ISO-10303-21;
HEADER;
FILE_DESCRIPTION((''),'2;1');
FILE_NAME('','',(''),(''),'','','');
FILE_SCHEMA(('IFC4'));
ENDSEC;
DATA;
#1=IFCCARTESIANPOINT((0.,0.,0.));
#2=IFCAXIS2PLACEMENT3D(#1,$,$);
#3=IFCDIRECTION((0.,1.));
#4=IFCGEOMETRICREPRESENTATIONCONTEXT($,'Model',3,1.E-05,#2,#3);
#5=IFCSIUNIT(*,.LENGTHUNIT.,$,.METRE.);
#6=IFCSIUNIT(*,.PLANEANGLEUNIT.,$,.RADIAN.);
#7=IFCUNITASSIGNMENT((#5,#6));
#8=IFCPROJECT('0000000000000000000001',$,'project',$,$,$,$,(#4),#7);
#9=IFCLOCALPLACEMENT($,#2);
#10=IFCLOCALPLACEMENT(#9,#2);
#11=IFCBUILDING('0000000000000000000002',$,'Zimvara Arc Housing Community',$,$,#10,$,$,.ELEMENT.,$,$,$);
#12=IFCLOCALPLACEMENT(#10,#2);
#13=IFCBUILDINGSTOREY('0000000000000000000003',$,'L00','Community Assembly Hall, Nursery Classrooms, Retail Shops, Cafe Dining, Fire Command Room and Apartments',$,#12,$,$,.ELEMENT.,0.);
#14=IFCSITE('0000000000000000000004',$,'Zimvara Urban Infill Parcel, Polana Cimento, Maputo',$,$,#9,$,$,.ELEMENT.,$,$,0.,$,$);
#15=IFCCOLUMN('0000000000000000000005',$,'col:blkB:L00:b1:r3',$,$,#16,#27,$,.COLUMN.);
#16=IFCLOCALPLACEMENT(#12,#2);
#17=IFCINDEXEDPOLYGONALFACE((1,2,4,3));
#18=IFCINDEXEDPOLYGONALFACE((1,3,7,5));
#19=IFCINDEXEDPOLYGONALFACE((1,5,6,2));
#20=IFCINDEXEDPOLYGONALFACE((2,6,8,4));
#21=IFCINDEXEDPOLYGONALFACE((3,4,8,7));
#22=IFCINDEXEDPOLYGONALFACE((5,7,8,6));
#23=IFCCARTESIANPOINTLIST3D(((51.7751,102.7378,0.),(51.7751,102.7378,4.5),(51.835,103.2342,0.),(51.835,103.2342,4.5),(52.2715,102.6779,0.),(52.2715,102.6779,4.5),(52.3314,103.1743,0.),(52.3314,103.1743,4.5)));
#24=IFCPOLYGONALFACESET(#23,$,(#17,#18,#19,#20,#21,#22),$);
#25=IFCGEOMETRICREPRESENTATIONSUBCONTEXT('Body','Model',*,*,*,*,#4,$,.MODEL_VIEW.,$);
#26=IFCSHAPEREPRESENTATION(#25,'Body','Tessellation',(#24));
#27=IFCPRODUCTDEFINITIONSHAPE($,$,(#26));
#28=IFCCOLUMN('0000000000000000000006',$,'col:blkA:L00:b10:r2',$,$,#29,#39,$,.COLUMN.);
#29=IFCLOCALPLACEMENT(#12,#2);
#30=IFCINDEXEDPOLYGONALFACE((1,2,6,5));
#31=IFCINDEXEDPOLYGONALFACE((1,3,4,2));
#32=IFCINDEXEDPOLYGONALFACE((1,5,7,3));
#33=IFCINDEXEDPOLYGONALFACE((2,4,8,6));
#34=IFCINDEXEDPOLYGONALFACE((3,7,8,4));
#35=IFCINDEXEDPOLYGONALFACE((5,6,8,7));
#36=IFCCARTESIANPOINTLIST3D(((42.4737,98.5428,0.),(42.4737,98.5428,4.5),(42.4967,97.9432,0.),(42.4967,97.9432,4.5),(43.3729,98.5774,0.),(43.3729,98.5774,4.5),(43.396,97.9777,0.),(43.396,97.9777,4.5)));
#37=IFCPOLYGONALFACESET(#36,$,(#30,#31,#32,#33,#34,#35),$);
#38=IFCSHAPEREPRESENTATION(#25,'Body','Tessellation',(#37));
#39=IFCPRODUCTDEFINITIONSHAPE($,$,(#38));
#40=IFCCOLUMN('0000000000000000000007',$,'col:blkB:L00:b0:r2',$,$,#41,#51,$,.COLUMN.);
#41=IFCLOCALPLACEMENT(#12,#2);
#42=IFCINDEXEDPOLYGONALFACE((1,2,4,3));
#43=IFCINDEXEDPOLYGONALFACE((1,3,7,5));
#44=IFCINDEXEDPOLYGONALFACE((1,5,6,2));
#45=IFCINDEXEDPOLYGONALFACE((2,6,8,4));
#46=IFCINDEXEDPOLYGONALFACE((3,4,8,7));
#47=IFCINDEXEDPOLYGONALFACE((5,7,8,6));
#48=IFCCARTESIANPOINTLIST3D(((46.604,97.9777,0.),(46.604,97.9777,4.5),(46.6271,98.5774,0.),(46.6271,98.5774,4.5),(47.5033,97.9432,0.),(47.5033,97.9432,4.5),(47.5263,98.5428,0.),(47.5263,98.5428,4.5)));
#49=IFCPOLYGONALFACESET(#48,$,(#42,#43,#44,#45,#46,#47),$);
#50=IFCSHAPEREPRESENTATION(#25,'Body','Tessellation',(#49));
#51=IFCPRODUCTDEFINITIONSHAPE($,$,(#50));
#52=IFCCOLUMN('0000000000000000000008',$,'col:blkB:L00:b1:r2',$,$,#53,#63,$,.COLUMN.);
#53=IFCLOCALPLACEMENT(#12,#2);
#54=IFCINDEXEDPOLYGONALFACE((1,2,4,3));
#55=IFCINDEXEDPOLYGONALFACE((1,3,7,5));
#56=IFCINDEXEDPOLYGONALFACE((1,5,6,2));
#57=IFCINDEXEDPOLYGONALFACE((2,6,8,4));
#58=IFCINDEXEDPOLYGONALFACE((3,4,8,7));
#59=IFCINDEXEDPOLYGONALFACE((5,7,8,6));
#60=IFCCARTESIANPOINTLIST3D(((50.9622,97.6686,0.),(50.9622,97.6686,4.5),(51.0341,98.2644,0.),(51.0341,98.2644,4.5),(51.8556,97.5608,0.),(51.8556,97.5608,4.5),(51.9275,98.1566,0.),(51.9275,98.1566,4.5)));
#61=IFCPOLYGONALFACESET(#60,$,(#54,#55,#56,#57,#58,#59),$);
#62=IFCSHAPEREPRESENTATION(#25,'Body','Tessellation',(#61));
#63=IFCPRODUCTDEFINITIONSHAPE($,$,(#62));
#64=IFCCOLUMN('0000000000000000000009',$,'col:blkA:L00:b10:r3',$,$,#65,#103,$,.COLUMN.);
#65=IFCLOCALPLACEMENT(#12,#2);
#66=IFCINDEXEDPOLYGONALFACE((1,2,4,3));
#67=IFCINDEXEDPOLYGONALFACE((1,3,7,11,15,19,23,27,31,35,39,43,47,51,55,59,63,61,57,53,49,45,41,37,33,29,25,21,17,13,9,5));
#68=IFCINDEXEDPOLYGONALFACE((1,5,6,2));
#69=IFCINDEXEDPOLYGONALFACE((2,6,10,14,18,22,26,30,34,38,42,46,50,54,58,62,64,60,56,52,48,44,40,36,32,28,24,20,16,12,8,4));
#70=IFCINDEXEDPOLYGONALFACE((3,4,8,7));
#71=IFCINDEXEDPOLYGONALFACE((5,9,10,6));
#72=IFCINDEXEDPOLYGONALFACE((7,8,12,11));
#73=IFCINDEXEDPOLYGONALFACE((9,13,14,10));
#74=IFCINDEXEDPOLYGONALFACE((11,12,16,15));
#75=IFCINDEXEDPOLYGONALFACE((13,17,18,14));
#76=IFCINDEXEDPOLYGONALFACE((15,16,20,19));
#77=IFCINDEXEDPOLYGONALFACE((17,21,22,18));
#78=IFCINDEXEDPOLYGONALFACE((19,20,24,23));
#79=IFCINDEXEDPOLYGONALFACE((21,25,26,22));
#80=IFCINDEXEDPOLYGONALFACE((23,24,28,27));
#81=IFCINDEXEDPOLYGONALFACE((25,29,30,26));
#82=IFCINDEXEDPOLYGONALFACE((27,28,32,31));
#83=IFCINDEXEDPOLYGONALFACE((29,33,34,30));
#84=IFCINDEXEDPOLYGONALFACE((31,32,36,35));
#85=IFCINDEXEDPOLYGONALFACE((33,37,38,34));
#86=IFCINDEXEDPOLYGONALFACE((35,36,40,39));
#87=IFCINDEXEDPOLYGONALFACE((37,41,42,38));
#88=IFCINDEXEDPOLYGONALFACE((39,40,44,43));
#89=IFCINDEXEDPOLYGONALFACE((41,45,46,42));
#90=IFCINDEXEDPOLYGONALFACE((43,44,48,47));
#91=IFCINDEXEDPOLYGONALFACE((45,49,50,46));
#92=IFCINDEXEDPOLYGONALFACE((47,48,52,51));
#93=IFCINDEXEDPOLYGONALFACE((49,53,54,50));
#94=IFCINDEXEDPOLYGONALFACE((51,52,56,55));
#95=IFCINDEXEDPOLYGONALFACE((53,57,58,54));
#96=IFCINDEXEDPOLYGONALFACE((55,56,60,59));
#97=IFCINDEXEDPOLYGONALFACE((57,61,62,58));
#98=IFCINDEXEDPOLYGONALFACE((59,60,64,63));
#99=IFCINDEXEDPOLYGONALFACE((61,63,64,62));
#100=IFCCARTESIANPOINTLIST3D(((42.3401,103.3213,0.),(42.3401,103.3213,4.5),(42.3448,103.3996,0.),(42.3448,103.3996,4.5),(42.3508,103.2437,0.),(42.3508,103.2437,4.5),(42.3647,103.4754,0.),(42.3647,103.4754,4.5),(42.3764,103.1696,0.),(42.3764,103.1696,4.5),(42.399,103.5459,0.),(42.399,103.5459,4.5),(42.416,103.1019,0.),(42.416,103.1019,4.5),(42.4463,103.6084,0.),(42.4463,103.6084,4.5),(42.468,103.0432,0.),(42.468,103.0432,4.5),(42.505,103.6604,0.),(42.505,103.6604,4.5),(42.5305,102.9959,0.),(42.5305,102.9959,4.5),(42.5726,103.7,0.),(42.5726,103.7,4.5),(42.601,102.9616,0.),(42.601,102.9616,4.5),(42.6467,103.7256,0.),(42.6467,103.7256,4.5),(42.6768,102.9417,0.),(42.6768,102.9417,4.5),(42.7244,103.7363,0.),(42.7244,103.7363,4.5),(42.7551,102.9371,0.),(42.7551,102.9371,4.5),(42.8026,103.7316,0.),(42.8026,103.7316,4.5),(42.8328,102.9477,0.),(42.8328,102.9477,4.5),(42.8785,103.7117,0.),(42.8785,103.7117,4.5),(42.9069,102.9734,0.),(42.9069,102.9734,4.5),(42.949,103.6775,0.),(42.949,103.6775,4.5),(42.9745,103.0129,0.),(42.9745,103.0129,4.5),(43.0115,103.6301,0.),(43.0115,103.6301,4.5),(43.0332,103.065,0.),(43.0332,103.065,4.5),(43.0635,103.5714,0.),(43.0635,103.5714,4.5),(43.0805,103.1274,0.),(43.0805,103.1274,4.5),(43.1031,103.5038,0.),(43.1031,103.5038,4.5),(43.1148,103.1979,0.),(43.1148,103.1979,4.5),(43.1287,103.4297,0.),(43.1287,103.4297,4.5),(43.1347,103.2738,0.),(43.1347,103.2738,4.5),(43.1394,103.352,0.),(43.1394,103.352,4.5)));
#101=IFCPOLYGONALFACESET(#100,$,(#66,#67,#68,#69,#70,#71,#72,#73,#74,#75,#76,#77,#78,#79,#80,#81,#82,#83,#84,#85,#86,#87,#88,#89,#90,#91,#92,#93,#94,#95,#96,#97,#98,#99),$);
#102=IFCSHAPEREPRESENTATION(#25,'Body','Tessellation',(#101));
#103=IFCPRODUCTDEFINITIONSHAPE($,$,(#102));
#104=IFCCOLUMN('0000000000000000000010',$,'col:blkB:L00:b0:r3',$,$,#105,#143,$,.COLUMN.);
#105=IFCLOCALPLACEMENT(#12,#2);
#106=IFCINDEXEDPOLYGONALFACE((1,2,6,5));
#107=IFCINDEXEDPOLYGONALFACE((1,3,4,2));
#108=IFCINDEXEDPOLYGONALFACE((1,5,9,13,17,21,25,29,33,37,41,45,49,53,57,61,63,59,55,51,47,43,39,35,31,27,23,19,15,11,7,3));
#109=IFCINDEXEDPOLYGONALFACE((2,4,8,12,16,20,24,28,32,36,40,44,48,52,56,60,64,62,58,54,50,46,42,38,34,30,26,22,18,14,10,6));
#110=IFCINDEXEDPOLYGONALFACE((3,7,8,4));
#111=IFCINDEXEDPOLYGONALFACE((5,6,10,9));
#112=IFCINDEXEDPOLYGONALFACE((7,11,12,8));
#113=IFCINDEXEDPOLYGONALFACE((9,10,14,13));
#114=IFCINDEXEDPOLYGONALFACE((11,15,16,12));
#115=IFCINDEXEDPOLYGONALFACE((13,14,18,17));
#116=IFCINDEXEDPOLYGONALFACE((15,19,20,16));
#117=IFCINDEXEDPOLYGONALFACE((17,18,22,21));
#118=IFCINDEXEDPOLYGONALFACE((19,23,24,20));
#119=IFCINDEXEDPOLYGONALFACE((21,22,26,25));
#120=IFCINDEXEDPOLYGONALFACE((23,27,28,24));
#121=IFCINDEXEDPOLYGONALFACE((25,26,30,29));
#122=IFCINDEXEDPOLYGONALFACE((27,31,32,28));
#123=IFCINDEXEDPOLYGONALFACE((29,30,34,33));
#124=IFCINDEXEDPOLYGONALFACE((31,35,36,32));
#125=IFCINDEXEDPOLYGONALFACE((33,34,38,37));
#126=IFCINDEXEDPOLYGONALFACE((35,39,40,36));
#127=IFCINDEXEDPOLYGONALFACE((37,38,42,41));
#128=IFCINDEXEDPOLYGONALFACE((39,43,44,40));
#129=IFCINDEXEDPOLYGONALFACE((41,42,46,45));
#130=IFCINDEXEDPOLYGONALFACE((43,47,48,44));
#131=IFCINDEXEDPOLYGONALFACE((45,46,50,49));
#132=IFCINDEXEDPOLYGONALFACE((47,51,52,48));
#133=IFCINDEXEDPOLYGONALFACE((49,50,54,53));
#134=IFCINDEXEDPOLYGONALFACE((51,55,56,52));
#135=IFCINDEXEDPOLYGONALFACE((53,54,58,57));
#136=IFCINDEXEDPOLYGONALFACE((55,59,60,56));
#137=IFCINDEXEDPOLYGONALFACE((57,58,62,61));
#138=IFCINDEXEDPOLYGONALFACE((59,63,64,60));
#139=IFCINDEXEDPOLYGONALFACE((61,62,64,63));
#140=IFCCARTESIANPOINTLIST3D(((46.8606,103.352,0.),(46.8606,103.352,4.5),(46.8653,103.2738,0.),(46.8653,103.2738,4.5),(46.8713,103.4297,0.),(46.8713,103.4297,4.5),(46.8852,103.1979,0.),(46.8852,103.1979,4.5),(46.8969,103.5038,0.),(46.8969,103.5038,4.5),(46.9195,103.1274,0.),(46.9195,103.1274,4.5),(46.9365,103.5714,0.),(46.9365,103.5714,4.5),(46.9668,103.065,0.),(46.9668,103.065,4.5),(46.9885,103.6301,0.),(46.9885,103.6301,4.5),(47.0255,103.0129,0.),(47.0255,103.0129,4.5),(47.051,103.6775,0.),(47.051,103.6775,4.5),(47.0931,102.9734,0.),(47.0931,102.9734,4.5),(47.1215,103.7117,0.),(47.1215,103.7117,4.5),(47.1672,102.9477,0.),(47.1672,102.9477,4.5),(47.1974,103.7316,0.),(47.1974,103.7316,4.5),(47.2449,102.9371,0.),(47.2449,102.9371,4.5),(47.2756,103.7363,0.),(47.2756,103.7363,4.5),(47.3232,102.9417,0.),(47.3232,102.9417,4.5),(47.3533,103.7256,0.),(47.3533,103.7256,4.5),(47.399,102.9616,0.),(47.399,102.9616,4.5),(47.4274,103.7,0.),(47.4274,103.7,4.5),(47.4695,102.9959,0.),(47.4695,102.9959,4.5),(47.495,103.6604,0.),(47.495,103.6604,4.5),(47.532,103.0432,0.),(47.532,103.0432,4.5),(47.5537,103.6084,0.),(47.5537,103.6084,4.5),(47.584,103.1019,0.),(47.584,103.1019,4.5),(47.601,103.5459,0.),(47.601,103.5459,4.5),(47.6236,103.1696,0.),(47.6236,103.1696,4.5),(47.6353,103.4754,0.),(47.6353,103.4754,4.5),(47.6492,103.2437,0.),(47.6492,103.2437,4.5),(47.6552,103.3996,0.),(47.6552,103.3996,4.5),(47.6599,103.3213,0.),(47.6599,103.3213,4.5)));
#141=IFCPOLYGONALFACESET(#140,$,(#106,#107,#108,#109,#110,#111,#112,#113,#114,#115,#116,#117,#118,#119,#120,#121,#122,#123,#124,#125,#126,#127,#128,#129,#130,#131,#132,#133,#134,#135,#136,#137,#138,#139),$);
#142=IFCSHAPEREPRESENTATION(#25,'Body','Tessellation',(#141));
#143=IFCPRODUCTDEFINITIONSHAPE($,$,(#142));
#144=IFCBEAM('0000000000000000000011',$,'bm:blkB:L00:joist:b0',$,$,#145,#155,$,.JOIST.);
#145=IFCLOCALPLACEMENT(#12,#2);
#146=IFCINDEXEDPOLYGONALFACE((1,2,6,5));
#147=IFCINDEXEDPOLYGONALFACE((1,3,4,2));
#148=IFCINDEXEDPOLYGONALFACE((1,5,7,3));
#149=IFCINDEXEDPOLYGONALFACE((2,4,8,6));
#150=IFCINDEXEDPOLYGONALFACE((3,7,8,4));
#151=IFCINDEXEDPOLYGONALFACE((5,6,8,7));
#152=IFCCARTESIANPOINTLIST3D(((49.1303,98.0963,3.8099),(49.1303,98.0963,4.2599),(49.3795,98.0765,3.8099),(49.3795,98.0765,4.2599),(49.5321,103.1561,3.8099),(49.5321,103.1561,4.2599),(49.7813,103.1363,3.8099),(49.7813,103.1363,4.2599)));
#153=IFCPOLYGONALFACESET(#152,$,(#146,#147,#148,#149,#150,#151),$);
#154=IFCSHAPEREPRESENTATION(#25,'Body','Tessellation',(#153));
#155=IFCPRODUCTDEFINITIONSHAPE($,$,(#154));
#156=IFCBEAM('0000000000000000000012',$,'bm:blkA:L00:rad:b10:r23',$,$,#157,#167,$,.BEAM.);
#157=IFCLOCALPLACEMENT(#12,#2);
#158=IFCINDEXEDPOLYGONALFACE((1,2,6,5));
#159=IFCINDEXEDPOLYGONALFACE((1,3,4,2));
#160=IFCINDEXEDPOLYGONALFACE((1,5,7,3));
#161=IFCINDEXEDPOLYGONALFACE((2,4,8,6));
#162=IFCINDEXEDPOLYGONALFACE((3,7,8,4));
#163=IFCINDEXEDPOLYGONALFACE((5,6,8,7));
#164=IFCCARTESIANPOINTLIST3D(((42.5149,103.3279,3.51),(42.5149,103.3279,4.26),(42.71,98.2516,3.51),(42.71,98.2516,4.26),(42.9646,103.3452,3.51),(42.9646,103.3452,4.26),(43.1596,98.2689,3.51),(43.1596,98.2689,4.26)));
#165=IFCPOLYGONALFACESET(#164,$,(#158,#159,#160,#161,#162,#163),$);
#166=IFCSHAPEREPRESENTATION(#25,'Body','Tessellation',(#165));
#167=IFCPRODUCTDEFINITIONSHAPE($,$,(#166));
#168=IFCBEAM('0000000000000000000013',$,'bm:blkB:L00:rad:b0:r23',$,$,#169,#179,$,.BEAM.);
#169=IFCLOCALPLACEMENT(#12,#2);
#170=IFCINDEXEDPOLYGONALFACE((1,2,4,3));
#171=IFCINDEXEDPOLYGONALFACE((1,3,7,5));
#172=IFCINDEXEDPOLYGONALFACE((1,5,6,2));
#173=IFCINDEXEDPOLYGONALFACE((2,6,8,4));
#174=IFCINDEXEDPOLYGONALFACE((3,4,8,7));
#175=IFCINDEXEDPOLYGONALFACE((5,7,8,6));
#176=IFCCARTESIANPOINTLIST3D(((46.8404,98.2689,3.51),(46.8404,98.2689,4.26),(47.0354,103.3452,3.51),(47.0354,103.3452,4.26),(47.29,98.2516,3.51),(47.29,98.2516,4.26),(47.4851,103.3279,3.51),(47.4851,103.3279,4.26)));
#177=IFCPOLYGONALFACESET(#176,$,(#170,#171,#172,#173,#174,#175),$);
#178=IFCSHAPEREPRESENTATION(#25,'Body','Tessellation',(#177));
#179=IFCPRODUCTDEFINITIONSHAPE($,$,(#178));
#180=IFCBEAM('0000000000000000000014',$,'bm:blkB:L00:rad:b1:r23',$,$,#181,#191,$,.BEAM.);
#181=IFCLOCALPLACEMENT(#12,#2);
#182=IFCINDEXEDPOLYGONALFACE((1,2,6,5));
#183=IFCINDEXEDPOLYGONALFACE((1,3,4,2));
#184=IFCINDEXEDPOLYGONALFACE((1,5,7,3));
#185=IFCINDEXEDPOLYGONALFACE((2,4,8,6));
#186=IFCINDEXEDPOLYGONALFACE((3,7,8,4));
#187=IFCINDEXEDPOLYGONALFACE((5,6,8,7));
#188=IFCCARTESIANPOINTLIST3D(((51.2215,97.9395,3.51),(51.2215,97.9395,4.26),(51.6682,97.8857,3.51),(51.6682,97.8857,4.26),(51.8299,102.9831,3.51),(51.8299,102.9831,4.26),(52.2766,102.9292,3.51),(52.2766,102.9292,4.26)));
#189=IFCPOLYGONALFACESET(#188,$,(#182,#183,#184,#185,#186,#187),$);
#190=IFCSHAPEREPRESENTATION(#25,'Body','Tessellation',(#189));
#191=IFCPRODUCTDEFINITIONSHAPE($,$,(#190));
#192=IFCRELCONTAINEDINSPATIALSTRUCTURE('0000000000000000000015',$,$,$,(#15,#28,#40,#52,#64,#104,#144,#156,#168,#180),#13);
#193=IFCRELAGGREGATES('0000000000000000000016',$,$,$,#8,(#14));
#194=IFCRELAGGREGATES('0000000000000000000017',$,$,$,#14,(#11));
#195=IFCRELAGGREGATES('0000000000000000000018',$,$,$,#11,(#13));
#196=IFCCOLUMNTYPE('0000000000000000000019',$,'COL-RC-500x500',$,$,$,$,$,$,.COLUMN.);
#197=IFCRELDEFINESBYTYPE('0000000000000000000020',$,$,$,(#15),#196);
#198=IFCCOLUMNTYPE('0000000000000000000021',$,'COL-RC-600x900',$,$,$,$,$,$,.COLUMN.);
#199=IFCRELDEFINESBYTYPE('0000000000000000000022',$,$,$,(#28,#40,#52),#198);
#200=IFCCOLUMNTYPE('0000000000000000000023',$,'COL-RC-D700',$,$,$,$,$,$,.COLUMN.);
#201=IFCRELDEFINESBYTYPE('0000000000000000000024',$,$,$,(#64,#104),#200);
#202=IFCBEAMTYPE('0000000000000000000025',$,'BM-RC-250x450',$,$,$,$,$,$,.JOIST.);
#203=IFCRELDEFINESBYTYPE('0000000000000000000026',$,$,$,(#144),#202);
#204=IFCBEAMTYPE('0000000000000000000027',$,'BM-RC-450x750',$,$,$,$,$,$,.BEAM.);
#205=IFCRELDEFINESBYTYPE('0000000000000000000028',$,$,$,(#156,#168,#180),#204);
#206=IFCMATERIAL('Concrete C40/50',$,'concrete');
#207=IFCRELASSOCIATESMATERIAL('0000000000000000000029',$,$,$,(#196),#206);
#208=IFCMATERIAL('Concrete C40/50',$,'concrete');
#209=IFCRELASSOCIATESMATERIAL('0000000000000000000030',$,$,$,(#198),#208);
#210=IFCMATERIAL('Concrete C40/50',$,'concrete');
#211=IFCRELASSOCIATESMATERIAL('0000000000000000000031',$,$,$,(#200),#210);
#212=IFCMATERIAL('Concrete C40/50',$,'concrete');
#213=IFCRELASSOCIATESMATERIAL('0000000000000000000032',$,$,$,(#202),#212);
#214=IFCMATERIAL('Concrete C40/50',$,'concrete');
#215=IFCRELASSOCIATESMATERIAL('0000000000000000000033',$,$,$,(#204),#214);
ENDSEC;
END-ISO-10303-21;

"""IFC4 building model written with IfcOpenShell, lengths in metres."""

from ifc_helpers import new_model, si_unit, direction, frame, origin, origin_2d, place, context, subcontext, project, spatial, rectangle, circle, extrude, material, material_profile, profile_set, type_object, element, save


model = new_model("IFC4")

# Units and contexts
model_context = context("Model", 3, precision=1e-05, world=origin(), true_north=direction((0.0, 1.0)))
body_context = subcontext(model_context, "Body", "Model", "MODEL_VIEW")
ifc_project = project(units=[si_unit("LENGTHUNIT", "METRE"), si_unit("PLANEANGLEUNIT", "RADIAN")], contexts=[model_context])

# Site, building, storey
site_placement = place(None, origin())
site = spatial("IfcSite", under=ifc_project, at=site_placement, Name="Zimvara Urban Infill Parcel, Polana Cimento, Maputo", CompositionType="ELEMENT", RefElevation=0.0)
building_placement = place(site_placement, origin())
building = spatial("IfcBuilding", under=site, at=building_placement, Name="Zimvara Arc Housing Community", CompositionType="ELEMENT")
storey_placement = place(building_placement, origin())
storey = spatial("IfcBuildingStorey", under=building, at=storey_placement, Name="L00", Description="Community Assembly Hall, Nursery Classrooms, Retail Shops, Cafe Dining, Fire Command Room and Apartments", CompositionType="ELEMENT", Elevation=0.0)

# Columns
ifc_material_1 = material(Name="Concrete C40/50", Category="concrete")
ifc_material_profile_1 = material_profile(ifc_material_1, rectangle(XDim=0.5, YDim=0.5, at=origin_2d()), Name="RC 500x500")
ifc_profile_set_1 = profile_set([ifc_material_profile_1], Name="Concrete C40/50")
column_type_1 = type_object("IfcColumnType", Name="COL-RC-500x500", PredefinedType="COLUMN", material=ifc_profile_set_1)
column_placement = place(storey_placement, frame((52.0532, 102.9561, 0.0), z_axis=(0.0, 0.0, 1.0), x_axis=(0.11979, 0.992799, 0.0)))
element("IfcColumn", 1, at=column_placement, inside=storey, type_object=column_type_1, Name="col:blkB:L00:b1:r3", PredefinedType="COLUMN", context=body_context, shape_type="SweptSolid", body=[
    extrude(rectangle(XDim=0.5, YDim=0.5, at=origin_2d()), origin(), (0.0, 0.0, 1.0), 4.5),
])
ifc_material_2 = material(Name="Concrete C40/50", Category="concrete")
ifc_material_profile_2 = material_profile(ifc_material_2, rectangle(XDim=0.6001, YDim=0.8999, at=origin_2d()), Name="RC 600x900")
ifc_profile_set_2 = profile_set([ifc_material_profile_2], Name="Concrete C40/50")
column_type_2 = type_object("IfcColumnType", Name="COL-RC-600x900", PredefinedType="COLUMN", material=ifc_profile_set_2)
for number, where, z_axis, x_axis, name in (
    (2, (42.9348, 98.2603, 0.0), (0.0, 0.0, 1.0), (-0.038388, 0.999263, 0.0), "col:blkA:L00:b10:r2"),
    (3, (47.0652, 98.2603, 0.0), (0.0, 0.0, 1.0), (0.038388, 0.999263, 0.0), "col:blkB:L00:b0:r2"),
    (4, (51.4448, 97.9126, 0.0), (0.0, 0.0, 1.0), (0.11979, 0.992799, 0.0), "col:blkB:L00:b1:r2"),
):
    element("IfcColumn", number, at=place(storey_placement, frame(where, z_axis=z_axis, x_axis=x_axis)), inside=storey, type_object=column_type_2, Name=name, PredefinedType="COLUMN", context=body_context, shape_type="SweptSolid", body=[
        extrude(rectangle(XDim=0.6001, YDim=0.8999, at=origin_2d()), origin(), (0.0, 0.0, 1.0), 4.5),
    ])
ifc_material_3 = material(Name="Concrete C40/50", Category="concrete")
ifc_material_profile_3 = material_profile(ifc_material_3, circle(Radius=0.3999, at=origin_2d()), Name="RC D800")
ifc_profile_set_3 = profile_set([ifc_material_profile_3], Name="Concrete C40/50")
column_type_3 = type_object("IfcColumnType", Name="COL-RC-D700", PredefinedType="COLUMN", material=ifc_profile_set_3)
for number, where, z_axis, x_axis, name in (
    (5, (42.7397, 103.3367, 0.0), (0.0, 0.0, 1.0), (-0.038388, 0.999263, 0.0), "col:blkA:L00:b10:r3"),
    (6, (47.2603, 103.3367, 0.0), (0.0, 0.0, 1.0), (0.038388, 0.999263, 0.0), "col:blkB:L00:b0:r3"),
):
    element("IfcColumn", number, at=place(storey_placement, frame(where, z_axis=z_axis, x_axis=x_axis)), inside=storey, type_object=column_type_3, Name=name, PredefinedType="COLUMN", context=body_context, shape_type="SweptSolid", body=[
        extrude(circle(Radius=0.3999, at=origin_2d()), origin(), (0.0, 0.0, 1.0), 4.5),
    ])

# Beams
ifc_material_4 = material(Name="Concrete C40/50", Category="concrete")
ifc_material_profile_4 = material_profile(ifc_material_4, rectangle(XDim=0.25, YDim=0.45, at=origin_2d()), Name="RC 250x450")
ifc_profile_set_4 = profile_set([ifc_material_profile_4], Name="Concrete C40/50")
beam_type_1 = type_object("IfcBeamType", Name="BM-RC-250x450", PredefinedType="JOIST", material=ifc_profile_set_4)
beam_1_placement = place(storey_placement, frame((49.2549, 98.0864, 4.0349), z_axis=(0.079172, 0.996861, 0.0), x_axis=(-0.996861, 0.079172, 0.0)))
element("IfcBeam", 7, at=beam_1_placement, inside=storey, type_object=beam_type_1, Name="bm:blkB:L00:joist:b0", PredefinedType="JOIST", context=body_context, shape_type="SweptSolid", body=[
    extrude(rectangle(XDim=0.25, YDim=0.45, at=origin_2d()), origin(), (0.0, 0.0, 1.0), 5.0757),
])
ifc_material_5 = material(Name="Concrete C40/50", Category="concrete")
ifc_material_profile_5 = material_profile(ifc_material_5, rectangle(XDim=0.45, YDim=0.75, at=origin_2d()), Name="RC 450x750")
ifc_profile_set_5 = profile_set([ifc_material_profile_5], Name="Concrete C40/50")
beam_type_2 = type_object("IfcBeamType", Name="BM-RC-450x750", PredefinedType="BEAM", material=ifc_profile_set_5)
for number, where, z_axis, x_axis, name in (
    (8, (42.9348, 98.2603, 3.885), (-0.038398, 0.999263, 0.0), (-0.999263, -0.038398, 0.0), "bm:blkA:L00:rad:b10:r23"),
    (9, (47.0652, 98.2603, 3.885), (0.038398, 0.999263, 0.0), (-0.999263, 0.038398, 0.0), "bm:blkB:L00:rad:b0:r23"),
    (10, (51.4448, 97.9126, 3.885), (0.119763, 0.992803, 0.0), (-0.992803, 0.119763, 0.0), "bm:blkB:L00:rad:b1:r23"),
):
    element("IfcBeam", number, at=place(storey_placement, frame(where, z_axis=z_axis, x_axis=x_axis)), inside=storey, type_object=beam_type_2, Name=name, PredefinedType="BEAM", context=body_context, shape_type="SweptSolid", body=[
        extrude(rectangle(XDim=0.45, YDim=0.75, at=origin_2d()), origin(), (0.0, 0.0, 1.0), 5.0801),
    ])

save(model, "model.ifc")
